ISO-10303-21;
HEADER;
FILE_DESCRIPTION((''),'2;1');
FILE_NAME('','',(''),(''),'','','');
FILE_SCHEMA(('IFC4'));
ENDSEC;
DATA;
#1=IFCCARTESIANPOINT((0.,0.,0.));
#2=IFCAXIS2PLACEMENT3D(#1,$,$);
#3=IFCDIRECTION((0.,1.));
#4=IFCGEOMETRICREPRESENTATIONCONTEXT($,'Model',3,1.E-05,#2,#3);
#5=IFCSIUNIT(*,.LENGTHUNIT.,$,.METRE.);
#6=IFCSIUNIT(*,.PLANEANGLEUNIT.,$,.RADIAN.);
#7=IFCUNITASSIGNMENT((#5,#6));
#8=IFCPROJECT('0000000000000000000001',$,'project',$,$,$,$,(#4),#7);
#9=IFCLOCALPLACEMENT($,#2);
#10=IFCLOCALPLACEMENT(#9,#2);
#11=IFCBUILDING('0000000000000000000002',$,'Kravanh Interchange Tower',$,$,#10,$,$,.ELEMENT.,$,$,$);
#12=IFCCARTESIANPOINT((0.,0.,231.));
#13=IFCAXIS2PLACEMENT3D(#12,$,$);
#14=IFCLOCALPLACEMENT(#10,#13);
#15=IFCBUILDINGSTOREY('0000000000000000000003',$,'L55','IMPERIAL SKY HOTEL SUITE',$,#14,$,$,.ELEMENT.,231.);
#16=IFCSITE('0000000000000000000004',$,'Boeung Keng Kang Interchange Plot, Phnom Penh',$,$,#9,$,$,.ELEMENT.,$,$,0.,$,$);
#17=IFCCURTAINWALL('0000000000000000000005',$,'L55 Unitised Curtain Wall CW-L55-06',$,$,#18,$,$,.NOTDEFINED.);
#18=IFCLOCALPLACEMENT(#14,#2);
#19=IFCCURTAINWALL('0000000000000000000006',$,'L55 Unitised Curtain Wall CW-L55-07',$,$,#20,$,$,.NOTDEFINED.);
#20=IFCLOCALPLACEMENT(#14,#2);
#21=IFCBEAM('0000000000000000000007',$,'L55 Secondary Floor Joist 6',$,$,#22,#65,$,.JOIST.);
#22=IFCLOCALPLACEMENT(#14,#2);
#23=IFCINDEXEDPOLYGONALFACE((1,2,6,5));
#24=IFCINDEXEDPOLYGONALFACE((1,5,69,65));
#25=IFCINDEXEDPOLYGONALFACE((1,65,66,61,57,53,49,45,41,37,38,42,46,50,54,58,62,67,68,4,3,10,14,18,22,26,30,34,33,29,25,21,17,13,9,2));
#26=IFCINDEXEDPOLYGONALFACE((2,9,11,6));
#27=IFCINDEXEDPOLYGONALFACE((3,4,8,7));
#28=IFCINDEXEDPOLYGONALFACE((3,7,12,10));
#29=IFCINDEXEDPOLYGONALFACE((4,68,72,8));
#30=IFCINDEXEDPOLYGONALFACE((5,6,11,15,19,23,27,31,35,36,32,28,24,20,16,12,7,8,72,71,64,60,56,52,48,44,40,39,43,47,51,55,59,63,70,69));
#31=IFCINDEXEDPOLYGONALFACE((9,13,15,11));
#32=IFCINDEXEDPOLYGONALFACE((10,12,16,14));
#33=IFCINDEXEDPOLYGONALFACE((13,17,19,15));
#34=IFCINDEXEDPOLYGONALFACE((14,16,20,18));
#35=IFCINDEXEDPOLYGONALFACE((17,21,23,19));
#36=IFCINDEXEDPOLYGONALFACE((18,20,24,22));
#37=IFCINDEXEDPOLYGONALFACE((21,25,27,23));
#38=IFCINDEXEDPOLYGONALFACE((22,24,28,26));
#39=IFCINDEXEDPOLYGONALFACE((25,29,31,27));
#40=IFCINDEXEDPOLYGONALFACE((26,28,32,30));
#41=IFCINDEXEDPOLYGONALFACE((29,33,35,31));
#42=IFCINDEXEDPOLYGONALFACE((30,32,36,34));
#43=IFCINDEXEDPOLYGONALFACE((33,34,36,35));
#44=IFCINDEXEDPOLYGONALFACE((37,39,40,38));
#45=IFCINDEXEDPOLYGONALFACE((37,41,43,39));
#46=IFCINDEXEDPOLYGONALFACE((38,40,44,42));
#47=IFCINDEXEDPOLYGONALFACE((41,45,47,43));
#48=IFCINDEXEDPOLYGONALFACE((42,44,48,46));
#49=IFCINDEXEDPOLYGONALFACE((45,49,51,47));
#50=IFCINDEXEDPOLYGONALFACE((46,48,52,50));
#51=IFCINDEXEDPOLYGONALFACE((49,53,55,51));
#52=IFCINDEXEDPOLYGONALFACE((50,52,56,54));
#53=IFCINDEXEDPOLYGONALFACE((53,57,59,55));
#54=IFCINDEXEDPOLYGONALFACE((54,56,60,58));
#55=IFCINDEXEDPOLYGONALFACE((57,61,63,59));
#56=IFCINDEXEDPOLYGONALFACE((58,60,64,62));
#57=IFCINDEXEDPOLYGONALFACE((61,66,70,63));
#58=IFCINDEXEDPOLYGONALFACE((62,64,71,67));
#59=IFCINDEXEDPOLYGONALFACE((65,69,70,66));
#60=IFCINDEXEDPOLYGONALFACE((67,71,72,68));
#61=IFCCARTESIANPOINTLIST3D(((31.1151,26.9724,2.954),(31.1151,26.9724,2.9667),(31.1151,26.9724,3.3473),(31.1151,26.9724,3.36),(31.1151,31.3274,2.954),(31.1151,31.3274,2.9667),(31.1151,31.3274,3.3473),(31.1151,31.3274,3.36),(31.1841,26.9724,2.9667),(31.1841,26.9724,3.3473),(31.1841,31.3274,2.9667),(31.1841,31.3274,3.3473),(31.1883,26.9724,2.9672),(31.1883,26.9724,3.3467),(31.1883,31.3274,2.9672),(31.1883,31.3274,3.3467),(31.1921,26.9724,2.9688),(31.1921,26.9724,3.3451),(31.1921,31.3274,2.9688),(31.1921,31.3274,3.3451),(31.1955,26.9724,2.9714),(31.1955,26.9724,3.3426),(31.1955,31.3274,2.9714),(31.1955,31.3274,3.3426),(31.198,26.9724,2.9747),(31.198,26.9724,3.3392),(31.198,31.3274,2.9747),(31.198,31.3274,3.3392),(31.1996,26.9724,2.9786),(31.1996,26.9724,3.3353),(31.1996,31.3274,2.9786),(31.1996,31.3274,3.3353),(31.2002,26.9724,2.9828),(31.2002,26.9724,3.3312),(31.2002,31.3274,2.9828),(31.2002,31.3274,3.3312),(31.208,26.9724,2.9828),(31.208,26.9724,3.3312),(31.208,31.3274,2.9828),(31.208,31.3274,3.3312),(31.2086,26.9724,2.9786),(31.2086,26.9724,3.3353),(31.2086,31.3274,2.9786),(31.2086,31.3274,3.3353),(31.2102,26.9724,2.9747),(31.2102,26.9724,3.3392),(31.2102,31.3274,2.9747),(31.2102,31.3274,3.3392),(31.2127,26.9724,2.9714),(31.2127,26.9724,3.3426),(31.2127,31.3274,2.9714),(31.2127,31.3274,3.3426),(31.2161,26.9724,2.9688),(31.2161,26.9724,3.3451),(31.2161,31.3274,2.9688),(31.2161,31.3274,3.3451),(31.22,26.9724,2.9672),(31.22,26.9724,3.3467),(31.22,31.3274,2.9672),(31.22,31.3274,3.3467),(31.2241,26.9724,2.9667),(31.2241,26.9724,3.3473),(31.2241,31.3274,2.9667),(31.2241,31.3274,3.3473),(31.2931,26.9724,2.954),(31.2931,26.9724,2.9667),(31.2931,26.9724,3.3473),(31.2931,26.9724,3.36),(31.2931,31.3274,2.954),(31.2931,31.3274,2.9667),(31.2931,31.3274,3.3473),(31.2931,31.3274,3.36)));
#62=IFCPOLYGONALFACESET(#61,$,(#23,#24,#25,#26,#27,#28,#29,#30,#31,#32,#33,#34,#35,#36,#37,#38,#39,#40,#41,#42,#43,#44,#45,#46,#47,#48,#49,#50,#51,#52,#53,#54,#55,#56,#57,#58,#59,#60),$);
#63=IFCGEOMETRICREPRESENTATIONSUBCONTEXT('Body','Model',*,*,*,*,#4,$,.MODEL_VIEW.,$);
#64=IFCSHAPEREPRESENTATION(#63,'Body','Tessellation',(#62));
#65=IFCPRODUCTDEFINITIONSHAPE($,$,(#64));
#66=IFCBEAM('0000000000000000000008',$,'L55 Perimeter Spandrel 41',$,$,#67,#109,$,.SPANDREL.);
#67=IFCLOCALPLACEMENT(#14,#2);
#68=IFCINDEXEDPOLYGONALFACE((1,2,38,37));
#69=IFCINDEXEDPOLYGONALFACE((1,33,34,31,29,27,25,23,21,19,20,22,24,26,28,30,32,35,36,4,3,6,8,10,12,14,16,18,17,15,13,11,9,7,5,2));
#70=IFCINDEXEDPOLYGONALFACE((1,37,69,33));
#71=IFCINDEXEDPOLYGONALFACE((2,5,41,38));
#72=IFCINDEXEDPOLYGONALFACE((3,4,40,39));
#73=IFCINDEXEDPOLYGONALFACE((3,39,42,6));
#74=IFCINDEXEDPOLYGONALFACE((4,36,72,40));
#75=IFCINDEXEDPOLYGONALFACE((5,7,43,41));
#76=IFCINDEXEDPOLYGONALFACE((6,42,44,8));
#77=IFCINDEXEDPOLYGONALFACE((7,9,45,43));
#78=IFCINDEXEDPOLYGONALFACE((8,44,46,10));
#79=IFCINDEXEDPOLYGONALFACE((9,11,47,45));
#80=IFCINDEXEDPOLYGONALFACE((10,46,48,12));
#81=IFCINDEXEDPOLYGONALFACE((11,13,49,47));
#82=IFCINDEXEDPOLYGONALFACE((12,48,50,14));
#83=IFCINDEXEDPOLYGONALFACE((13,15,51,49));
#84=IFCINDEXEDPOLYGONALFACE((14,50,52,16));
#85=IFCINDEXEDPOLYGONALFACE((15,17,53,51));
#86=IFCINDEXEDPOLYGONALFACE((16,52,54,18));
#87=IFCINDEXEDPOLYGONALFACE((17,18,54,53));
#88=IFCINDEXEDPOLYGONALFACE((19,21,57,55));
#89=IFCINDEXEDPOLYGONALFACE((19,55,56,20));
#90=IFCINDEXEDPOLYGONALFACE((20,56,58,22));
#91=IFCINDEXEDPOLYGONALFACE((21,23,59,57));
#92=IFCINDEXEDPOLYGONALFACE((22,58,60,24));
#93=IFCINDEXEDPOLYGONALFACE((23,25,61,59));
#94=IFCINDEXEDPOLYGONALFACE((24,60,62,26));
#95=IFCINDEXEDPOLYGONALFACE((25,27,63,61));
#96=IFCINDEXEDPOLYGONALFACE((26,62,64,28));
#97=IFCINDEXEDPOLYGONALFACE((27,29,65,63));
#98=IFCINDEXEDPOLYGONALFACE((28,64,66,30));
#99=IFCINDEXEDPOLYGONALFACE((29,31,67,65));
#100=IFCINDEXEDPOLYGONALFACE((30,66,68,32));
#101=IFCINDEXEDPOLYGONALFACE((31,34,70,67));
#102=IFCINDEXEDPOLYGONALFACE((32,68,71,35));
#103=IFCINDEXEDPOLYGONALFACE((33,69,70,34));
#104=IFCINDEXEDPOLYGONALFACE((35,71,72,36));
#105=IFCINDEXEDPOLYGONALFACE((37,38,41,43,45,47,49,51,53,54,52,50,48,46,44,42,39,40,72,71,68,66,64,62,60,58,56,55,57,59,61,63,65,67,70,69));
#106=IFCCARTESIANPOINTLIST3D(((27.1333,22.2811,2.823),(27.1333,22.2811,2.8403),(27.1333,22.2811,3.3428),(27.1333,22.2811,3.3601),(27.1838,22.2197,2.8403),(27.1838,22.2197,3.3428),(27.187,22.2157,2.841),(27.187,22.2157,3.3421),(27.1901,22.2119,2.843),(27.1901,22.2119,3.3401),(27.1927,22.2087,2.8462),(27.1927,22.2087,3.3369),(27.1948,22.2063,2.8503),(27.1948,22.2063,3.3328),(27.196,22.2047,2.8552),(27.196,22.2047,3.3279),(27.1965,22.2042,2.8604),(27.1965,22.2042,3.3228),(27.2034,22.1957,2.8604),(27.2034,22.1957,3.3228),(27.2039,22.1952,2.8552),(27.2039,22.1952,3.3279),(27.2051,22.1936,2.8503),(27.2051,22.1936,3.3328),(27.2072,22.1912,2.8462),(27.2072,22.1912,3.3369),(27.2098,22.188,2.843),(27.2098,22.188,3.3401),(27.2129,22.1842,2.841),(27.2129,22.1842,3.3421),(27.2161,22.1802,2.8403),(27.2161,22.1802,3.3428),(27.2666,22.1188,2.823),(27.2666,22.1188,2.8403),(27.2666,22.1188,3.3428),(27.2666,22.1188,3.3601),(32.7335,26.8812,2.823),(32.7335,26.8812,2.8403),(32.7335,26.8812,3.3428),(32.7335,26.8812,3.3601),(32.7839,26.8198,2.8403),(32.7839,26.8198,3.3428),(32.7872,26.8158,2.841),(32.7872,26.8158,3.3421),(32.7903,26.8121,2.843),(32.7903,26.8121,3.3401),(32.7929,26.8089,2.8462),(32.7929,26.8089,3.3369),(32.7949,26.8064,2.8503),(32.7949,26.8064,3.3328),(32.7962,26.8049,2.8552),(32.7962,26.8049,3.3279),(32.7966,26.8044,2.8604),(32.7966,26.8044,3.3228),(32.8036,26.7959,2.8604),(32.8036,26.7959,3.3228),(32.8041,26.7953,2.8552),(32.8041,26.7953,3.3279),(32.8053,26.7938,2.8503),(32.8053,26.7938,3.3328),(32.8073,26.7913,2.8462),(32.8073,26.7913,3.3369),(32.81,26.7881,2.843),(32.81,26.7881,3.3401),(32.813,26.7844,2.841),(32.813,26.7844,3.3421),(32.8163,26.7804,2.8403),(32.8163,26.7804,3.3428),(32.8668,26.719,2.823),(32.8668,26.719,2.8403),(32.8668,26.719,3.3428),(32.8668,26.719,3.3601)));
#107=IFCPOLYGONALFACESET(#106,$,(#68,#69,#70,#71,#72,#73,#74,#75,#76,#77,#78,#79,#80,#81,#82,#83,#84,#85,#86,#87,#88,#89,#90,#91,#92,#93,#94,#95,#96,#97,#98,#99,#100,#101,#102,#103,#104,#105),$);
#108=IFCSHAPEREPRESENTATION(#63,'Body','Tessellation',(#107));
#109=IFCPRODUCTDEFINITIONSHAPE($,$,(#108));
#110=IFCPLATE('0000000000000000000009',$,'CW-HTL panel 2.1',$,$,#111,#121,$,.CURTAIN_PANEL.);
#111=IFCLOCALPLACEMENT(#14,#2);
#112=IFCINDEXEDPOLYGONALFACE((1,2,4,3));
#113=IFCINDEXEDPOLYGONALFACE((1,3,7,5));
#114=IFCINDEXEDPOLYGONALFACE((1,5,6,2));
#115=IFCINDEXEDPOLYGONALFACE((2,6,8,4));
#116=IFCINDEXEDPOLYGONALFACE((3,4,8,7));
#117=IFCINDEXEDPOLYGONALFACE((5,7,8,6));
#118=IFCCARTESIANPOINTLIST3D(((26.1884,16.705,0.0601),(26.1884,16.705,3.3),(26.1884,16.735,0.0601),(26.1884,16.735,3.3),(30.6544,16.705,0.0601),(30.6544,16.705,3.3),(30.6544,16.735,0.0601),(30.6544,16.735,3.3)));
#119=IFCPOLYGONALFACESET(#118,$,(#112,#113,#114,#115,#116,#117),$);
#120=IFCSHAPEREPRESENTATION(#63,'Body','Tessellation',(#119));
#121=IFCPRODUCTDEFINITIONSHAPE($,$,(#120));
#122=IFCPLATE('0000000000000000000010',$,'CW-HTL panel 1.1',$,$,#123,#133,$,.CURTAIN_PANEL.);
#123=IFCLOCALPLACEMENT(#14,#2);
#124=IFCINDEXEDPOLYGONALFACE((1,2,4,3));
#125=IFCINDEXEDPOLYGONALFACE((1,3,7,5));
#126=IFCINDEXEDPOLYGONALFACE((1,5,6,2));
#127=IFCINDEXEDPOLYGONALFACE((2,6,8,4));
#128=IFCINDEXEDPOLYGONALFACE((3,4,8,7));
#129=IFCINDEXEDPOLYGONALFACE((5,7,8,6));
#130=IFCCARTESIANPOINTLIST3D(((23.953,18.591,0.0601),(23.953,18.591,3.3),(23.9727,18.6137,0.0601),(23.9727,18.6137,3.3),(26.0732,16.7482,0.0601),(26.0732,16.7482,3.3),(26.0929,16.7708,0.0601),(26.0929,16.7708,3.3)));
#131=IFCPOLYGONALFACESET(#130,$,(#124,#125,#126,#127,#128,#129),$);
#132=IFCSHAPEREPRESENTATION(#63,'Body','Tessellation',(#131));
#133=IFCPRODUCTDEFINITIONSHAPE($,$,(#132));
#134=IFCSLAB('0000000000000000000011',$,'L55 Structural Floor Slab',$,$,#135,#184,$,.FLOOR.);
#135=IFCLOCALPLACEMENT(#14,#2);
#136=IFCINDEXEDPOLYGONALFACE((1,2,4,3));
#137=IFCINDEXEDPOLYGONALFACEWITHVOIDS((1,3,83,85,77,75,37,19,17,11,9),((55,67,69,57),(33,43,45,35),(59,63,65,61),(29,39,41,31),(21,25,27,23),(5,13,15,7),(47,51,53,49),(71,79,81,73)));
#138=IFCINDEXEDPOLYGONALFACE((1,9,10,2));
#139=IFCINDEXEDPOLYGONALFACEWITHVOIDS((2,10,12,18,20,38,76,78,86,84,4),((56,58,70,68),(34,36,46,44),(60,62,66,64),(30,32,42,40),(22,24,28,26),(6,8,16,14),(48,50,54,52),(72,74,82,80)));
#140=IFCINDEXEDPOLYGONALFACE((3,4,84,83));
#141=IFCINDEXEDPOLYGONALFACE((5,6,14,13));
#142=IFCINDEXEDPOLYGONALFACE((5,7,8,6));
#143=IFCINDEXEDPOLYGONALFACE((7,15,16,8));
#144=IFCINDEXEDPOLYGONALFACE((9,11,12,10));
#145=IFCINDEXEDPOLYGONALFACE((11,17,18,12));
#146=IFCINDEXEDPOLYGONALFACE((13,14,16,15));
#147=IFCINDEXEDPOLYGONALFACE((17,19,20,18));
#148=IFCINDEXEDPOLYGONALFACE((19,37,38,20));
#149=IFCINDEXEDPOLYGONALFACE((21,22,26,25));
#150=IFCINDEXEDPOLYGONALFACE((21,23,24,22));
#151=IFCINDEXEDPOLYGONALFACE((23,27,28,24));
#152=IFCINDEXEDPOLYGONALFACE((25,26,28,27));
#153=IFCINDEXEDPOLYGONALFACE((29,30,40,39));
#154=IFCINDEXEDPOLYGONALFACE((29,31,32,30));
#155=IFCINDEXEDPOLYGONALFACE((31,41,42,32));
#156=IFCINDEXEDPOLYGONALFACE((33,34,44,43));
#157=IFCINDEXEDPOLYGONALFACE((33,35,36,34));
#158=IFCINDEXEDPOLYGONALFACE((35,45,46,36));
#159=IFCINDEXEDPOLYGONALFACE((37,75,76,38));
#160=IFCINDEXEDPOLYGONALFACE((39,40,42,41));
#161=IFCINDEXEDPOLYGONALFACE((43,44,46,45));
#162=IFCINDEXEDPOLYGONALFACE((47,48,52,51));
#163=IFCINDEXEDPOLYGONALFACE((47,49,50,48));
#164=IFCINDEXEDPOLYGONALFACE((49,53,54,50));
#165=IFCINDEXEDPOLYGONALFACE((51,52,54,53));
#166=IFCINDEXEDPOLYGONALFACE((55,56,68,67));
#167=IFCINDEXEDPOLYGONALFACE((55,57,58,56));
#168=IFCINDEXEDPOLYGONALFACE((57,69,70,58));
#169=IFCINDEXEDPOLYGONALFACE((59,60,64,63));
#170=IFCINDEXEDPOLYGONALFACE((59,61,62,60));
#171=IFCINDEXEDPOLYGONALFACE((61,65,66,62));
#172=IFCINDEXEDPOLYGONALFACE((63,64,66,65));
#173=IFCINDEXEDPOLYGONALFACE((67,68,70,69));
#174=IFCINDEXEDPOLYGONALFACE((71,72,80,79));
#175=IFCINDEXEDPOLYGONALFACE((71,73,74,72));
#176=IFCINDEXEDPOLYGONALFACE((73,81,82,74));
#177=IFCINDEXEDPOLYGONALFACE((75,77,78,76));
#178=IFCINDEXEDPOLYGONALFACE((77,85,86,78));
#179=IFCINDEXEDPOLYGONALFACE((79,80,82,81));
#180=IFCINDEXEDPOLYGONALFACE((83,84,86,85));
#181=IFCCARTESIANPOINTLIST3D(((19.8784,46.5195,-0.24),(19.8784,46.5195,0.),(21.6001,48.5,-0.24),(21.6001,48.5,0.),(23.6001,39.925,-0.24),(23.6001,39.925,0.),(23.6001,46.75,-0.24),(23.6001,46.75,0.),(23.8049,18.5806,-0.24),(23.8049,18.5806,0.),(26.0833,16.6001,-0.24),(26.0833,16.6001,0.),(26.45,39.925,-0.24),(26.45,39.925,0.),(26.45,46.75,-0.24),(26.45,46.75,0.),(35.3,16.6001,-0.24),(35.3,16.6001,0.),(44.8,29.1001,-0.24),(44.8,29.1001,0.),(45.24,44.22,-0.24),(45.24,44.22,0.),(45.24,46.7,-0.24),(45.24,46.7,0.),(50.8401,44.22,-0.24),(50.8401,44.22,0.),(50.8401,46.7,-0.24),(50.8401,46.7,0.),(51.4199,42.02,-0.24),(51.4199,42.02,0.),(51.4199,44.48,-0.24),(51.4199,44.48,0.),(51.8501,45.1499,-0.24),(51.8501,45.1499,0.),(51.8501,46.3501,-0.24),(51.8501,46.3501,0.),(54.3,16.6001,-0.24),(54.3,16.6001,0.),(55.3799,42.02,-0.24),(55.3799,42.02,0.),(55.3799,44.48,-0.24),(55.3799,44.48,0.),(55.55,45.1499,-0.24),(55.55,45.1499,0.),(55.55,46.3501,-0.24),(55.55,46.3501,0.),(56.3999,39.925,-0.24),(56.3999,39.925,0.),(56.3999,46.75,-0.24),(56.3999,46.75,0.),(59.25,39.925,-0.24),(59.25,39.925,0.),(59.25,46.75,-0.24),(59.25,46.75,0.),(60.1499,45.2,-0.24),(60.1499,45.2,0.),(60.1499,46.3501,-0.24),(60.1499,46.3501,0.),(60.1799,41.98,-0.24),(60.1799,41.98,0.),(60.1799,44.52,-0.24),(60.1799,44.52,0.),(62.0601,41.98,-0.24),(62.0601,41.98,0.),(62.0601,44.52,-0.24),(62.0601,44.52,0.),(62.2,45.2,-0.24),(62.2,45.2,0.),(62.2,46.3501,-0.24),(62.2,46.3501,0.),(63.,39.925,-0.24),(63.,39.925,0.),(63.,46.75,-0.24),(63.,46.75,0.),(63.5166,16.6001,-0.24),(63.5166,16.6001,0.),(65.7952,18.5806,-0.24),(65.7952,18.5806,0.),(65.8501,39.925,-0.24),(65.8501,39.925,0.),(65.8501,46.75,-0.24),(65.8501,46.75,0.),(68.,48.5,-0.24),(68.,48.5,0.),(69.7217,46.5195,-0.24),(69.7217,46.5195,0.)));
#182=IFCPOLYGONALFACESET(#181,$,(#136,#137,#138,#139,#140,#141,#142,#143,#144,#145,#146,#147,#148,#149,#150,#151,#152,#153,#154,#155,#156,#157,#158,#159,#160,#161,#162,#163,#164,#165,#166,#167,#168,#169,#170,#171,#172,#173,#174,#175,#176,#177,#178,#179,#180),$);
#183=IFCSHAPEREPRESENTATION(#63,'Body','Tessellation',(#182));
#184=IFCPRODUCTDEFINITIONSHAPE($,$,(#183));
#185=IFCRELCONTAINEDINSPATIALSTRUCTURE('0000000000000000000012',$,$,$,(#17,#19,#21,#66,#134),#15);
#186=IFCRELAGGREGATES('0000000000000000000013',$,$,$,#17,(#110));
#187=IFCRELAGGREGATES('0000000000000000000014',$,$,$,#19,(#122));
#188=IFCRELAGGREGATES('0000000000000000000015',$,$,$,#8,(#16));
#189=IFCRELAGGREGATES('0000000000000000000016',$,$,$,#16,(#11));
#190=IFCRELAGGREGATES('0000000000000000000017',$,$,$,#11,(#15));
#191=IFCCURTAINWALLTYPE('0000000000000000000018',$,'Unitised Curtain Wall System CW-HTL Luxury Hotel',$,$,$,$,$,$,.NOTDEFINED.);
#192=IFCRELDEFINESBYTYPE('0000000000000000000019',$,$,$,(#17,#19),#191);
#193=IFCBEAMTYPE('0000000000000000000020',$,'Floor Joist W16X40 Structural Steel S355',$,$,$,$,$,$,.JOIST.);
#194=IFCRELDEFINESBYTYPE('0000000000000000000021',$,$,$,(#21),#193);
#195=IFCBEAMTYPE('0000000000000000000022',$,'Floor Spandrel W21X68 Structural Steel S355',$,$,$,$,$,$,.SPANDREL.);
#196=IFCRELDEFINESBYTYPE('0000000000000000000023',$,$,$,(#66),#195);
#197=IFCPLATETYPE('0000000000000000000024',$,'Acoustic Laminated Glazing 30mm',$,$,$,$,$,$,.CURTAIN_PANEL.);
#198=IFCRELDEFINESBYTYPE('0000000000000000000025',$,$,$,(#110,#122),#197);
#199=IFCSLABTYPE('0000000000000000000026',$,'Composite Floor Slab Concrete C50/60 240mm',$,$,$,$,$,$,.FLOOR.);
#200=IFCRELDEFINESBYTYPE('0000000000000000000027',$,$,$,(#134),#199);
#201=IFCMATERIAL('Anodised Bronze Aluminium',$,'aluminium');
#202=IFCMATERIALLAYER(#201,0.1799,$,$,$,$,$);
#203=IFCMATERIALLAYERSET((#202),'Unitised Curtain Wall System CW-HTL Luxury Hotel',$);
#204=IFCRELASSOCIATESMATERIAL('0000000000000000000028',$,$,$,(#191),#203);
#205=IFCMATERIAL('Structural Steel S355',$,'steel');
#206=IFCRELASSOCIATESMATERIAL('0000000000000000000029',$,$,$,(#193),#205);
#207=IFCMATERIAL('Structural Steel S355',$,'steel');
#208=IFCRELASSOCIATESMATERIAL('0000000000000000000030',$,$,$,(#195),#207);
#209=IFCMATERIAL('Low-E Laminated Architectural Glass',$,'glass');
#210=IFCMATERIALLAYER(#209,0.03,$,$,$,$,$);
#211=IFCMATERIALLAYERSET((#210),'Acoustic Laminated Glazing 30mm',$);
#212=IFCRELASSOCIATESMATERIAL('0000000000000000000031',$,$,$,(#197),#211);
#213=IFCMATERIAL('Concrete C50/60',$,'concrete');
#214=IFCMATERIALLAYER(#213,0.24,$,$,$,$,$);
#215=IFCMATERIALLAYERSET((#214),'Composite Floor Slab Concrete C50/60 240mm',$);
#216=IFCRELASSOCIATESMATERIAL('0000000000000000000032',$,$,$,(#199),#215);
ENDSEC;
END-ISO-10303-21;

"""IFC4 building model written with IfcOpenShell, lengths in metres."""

from ifc_helpers import new_model, si_unit, direction, frame, origin, origin_2d, place, context, subcontext, project, spatial, polyline, rectangle, i_section, outline, extrude, material, layer, layer_set, material_profile, profile_set, type_object, element, aggregate, save


model = new_model("IFC4")

# Units and contexts
model_context = context("Model", 3, precision=1e-05, world=origin(), true_north=direction((0.0, 1.0)))
body_context = subcontext(model_context, "Body", "Model", "MODEL_VIEW")
ifc_project = project(units=[si_unit("LENGTHUNIT", "METRE"), si_unit("PLANEANGLEUNIT", "RADIAN")], contexts=[model_context])

# Site, building, storey
site_placement = place(None, origin())
site = spatial("IfcSite", under=ifc_project, at=site_placement, Name="Boeung Keng Kang Interchange Plot, Phnom Penh", CompositionType="ELEMENT", RefElevation=0.0)
building_placement = place(site_placement, origin())
building = spatial("IfcBuilding", under=site, at=building_placement, Name="Kravanh Interchange Tower", CompositionType="ELEMENT")
storey_placement = place(building_placement, frame((0.0, 0.0, 231.0)))
storey = spatial("IfcBuildingStorey", under=building, at=storey_placement, Name="L55", Description="IMPERIAL SKY HOTEL SUITE", CompositionType="ELEMENT", Elevation=231.0)

# Curtain walls
ifc_material_1 = material(Name="Anodised Bronze Aluminium", Category="aluminium")
ifc_layer_1 = layer(ifc_material_1, 0.1799)
ifc_layer_set_1 = layer_set([ifc_layer_1], Name="Unitised Curtain Wall System CW-HTL Luxury Hotel")
curtain_wall_type = type_object("IfcCurtainWallType", Name="Unitised Curtain Wall System CW-HTL Luxury Hotel", PredefinedType="NOTDEFINED", material=ifc_layer_set_1)
curtain_wall_1_placement = place(storey_placement, origin())
curtain_wall_1 = element("IfcCurtainWall", 1, at=curtain_wall_1_placement, inside=storey, type_object=curtain_wall_type, Name="L55 Unitised Curtain Wall CW-L55-06", PredefinedType="NOTDEFINED")
curtain_wall_2_placement = place(storey_placement, origin())
curtain_wall_2 = element("IfcCurtainWall", 2, at=curtain_wall_2_placement, inside=storey, type_object=curtain_wall_type, Name="L55 Unitised Curtain Wall CW-L55-07", PredefinedType="NOTDEFINED")

# Beams
ifc_material_2 = material(Name="Structural Steel S355", Category="steel")
ifc_material_profile_1 = material_profile(ifc_material_2, i_section(OverallWidth=0.178, OverallDepth=0.406, WebThickness=0.0078, FlangeThickness=0.0127, FilletRadius=0.0161, at=origin_2d()), Name="W16X40")
ifc_profile_set_1 = profile_set([ifc_material_profile_1], Name="Structural Steel S355")
beam_type_1 = type_object("IfcBeamType", Name="Floor Joist W16X40 Structural Steel S355", PredefinedType="JOIST", material=ifc_profile_set_1)
for number, where, z_axis, x_axis, name in (
    (3, (31.2041, 26.9724, 3.157), (0.0, 1.0, 0.0), (-1.0, 0.0, 0.0), "L55 Secondary Floor Joist 6"),
):
    element("IfcBeam", number, at=place(storey_placement, frame(where, z_axis=z_axis, x_axis=x_axis)), inside=storey, type_object=beam_type_1, Name=name, PredefinedType="JOIST", context=body_context, shape_type="SweptSolid", body=[
        extrude(i_section(OverallWidth=0.178, OverallDepth=0.406, WebThickness=0.0078, FlangeThickness=0.0127, FilletRadius=0.0161, at=origin_2d()), origin(), (0.0, 0.0, 1.0), 4.355),
    ])
ifc_material_3 = material(Name="Structural Steel S355", Category="steel")
ifc_material_profile_2 = material_profile(ifc_material_3, i_section(OverallWidth=0.21, OverallDepth=0.5371, WebThickness=0.011, FlangeThickness=0.0173, FilletRadius=0.02, at=origin_2d()), Name="W21X68")
ifc_profile_set_2 = profile_set([ifc_material_profile_2], Name="Structural Steel S355")
beam_type_2 = type_object("IfcBeamType", Name="Floor Spandrel W21X68 Structural Steel S355", PredefinedType="SPANDREL", material=ifc_profile_set_2)
beam_1_placement = place(storey_placement, frame((27.2, 22.2, 3.0916), z_axis=(0.772725, 0.634741, 0.0), x_axis=(-0.634741, 0.772725, 0.0)))
element("IfcBeam", 4, at=beam_1_placement, inside=storey, type_object=beam_type_2, Name="L55 Perimeter Spandrel 41", PredefinedType="SPANDREL", context=body_context, shape_type="SweptSolid", body=[
    extrude(i_section(OverallWidth=0.21, OverallDepth=0.5371, WebThickness=0.011, FlangeThickness=0.0173, FilletRadius=0.02, at=origin_2d()), origin(), (0.0, 0.0, 1.0), 7.2473),
])

# Plates
ifc_material_4 = material(Name="Low-E Laminated Architectural Glass", Category="glass")
ifc_layer_2 = layer(ifc_material_4, 0.03)
ifc_layer_set_2 = layer_set([ifc_layer_2], Name="Acoustic Laminated Glazing 30mm")
plate_type = type_object("IfcPlateType", Name="Acoustic Laminated Glazing 30mm", PredefinedType="CURTAIN_PANEL", material=ifc_layer_set_2)
plate_1_placement = place(storey_placement, frame((28.4214, 16.72, 0.0601), z_axis=(0.0, 0.0, 1.0), x_axis=(-1.0, 0.0, 0.0)))
plate_1 = element("IfcPlate", 5, at=plate_1_placement, type_object=plate_type, Name="CW-HTL panel 2.1", PredefinedType="CURTAIN_PANEL", context=body_context, shape_type="SweptSolid", body=[
    extrude(rectangle(XDim=4.4661, YDim=0.03, at=origin_2d()), origin(), (0.0, 0.0, 1.0), 3.24),
])
aggregate(curtain_wall_1, [plate_1])
plate_2_placement = place(storey_placement, frame((25.0229, 17.6809, 0.0601), z_axis=(0.0, 0.0, 1.0), x_axis=(-0.754732, 0.656033, 0.0)))
plate_2 = element("IfcPlate", 6, at=plate_2_placement, type_object=plate_type, Name="CW-HTL panel 1.1", PredefinedType="CURTAIN_PANEL", context=body_context, shape_type="SweptSolid", body=[
    extrude(rectangle(XDim=2.8091, YDim=0.03, at=origin_2d()), origin(), (0.0, 0.0, 1.0), 3.24),
])
aggregate(curtain_wall_2, [plate_2])

# Slab
ifc_material_5 = material(Name="Concrete C50/60", Category="concrete")
ifc_layer_3 = layer(ifc_material_5, 0.24)
ifc_layer_set_3 = layer_set([ifc_layer_3], Name="Composite Floor Slab Concrete C50/60 240mm")
slab_type_1 = type_object("IfcSlabType", Name="Composite Floor Slab Concrete C50/60 240mm", PredefinedType="FLOOR", material=ifc_layer_set_3)
slab_1_placement = place(storey_placement, frame((0.0, 0.0, -0.24)))
element("IfcSlab", 7, at=slab_1_placement, inside=storey, type_object=slab_type_1, Name="L55 Structural Floor Slab", PredefinedType="FLOOR", context=body_context, shape_type="SweptSolid", body=[
    extrude(outline(polyline([(23.8049, 18.5806), (26.0833, 16.6001), (35.3, 16.6001), (44.8, 29.1001), (54.3, 16.6001), (63.5166, 16.6001), (65.7952, 18.5806), (69.7217, 46.5195), (68.0, 48.5), (21.6001, 48.5), (19.8784, 46.5195), (23.8049, 18.5806)]), holes=[polyline([(65.8501, 39.925), (65.8501, 46.75), (63.0, 46.75), (63.0, 39.925), (65.8501, 39.925)]), polyline([(59.25, 39.925), (59.25, 46.75), (56.3999, 46.75), (56.3999, 39.925), (59.25, 39.925)]), polyline([(26.45, 39.925), (26.45, 46.75), (23.6001, 46.75), (23.6001, 39.925), (26.45, 39.925)]), polyline([(45.24, 44.22), (50.8401, 44.22), (50.8401, 46.7), (45.24, 46.7), (45.24, 44.22)]), polyline([(51.4199, 42.02), (55.3799, 42.02), (55.3799, 44.48), (51.4199, 44.48), (51.4199, 42.02)]), polyline([(60.1799, 41.98), (62.0601, 41.98), (62.0601, 44.52), (60.1799, 44.52), (60.1799, 41.98)]), polyline([(60.1499, 45.2), (62.2, 45.2), (62.2, 46.3501), (60.1499, 46.3501), (60.1499, 45.2)]), polyline([(51.8501, 45.1499), (55.55, 45.1499), (55.55, 46.3501), (51.8501, 46.3501), (51.8501, 45.1499)])]), origin(), (0.0, 0.0, 1.0), 0.24),
])

save(model, "model.ifc")
